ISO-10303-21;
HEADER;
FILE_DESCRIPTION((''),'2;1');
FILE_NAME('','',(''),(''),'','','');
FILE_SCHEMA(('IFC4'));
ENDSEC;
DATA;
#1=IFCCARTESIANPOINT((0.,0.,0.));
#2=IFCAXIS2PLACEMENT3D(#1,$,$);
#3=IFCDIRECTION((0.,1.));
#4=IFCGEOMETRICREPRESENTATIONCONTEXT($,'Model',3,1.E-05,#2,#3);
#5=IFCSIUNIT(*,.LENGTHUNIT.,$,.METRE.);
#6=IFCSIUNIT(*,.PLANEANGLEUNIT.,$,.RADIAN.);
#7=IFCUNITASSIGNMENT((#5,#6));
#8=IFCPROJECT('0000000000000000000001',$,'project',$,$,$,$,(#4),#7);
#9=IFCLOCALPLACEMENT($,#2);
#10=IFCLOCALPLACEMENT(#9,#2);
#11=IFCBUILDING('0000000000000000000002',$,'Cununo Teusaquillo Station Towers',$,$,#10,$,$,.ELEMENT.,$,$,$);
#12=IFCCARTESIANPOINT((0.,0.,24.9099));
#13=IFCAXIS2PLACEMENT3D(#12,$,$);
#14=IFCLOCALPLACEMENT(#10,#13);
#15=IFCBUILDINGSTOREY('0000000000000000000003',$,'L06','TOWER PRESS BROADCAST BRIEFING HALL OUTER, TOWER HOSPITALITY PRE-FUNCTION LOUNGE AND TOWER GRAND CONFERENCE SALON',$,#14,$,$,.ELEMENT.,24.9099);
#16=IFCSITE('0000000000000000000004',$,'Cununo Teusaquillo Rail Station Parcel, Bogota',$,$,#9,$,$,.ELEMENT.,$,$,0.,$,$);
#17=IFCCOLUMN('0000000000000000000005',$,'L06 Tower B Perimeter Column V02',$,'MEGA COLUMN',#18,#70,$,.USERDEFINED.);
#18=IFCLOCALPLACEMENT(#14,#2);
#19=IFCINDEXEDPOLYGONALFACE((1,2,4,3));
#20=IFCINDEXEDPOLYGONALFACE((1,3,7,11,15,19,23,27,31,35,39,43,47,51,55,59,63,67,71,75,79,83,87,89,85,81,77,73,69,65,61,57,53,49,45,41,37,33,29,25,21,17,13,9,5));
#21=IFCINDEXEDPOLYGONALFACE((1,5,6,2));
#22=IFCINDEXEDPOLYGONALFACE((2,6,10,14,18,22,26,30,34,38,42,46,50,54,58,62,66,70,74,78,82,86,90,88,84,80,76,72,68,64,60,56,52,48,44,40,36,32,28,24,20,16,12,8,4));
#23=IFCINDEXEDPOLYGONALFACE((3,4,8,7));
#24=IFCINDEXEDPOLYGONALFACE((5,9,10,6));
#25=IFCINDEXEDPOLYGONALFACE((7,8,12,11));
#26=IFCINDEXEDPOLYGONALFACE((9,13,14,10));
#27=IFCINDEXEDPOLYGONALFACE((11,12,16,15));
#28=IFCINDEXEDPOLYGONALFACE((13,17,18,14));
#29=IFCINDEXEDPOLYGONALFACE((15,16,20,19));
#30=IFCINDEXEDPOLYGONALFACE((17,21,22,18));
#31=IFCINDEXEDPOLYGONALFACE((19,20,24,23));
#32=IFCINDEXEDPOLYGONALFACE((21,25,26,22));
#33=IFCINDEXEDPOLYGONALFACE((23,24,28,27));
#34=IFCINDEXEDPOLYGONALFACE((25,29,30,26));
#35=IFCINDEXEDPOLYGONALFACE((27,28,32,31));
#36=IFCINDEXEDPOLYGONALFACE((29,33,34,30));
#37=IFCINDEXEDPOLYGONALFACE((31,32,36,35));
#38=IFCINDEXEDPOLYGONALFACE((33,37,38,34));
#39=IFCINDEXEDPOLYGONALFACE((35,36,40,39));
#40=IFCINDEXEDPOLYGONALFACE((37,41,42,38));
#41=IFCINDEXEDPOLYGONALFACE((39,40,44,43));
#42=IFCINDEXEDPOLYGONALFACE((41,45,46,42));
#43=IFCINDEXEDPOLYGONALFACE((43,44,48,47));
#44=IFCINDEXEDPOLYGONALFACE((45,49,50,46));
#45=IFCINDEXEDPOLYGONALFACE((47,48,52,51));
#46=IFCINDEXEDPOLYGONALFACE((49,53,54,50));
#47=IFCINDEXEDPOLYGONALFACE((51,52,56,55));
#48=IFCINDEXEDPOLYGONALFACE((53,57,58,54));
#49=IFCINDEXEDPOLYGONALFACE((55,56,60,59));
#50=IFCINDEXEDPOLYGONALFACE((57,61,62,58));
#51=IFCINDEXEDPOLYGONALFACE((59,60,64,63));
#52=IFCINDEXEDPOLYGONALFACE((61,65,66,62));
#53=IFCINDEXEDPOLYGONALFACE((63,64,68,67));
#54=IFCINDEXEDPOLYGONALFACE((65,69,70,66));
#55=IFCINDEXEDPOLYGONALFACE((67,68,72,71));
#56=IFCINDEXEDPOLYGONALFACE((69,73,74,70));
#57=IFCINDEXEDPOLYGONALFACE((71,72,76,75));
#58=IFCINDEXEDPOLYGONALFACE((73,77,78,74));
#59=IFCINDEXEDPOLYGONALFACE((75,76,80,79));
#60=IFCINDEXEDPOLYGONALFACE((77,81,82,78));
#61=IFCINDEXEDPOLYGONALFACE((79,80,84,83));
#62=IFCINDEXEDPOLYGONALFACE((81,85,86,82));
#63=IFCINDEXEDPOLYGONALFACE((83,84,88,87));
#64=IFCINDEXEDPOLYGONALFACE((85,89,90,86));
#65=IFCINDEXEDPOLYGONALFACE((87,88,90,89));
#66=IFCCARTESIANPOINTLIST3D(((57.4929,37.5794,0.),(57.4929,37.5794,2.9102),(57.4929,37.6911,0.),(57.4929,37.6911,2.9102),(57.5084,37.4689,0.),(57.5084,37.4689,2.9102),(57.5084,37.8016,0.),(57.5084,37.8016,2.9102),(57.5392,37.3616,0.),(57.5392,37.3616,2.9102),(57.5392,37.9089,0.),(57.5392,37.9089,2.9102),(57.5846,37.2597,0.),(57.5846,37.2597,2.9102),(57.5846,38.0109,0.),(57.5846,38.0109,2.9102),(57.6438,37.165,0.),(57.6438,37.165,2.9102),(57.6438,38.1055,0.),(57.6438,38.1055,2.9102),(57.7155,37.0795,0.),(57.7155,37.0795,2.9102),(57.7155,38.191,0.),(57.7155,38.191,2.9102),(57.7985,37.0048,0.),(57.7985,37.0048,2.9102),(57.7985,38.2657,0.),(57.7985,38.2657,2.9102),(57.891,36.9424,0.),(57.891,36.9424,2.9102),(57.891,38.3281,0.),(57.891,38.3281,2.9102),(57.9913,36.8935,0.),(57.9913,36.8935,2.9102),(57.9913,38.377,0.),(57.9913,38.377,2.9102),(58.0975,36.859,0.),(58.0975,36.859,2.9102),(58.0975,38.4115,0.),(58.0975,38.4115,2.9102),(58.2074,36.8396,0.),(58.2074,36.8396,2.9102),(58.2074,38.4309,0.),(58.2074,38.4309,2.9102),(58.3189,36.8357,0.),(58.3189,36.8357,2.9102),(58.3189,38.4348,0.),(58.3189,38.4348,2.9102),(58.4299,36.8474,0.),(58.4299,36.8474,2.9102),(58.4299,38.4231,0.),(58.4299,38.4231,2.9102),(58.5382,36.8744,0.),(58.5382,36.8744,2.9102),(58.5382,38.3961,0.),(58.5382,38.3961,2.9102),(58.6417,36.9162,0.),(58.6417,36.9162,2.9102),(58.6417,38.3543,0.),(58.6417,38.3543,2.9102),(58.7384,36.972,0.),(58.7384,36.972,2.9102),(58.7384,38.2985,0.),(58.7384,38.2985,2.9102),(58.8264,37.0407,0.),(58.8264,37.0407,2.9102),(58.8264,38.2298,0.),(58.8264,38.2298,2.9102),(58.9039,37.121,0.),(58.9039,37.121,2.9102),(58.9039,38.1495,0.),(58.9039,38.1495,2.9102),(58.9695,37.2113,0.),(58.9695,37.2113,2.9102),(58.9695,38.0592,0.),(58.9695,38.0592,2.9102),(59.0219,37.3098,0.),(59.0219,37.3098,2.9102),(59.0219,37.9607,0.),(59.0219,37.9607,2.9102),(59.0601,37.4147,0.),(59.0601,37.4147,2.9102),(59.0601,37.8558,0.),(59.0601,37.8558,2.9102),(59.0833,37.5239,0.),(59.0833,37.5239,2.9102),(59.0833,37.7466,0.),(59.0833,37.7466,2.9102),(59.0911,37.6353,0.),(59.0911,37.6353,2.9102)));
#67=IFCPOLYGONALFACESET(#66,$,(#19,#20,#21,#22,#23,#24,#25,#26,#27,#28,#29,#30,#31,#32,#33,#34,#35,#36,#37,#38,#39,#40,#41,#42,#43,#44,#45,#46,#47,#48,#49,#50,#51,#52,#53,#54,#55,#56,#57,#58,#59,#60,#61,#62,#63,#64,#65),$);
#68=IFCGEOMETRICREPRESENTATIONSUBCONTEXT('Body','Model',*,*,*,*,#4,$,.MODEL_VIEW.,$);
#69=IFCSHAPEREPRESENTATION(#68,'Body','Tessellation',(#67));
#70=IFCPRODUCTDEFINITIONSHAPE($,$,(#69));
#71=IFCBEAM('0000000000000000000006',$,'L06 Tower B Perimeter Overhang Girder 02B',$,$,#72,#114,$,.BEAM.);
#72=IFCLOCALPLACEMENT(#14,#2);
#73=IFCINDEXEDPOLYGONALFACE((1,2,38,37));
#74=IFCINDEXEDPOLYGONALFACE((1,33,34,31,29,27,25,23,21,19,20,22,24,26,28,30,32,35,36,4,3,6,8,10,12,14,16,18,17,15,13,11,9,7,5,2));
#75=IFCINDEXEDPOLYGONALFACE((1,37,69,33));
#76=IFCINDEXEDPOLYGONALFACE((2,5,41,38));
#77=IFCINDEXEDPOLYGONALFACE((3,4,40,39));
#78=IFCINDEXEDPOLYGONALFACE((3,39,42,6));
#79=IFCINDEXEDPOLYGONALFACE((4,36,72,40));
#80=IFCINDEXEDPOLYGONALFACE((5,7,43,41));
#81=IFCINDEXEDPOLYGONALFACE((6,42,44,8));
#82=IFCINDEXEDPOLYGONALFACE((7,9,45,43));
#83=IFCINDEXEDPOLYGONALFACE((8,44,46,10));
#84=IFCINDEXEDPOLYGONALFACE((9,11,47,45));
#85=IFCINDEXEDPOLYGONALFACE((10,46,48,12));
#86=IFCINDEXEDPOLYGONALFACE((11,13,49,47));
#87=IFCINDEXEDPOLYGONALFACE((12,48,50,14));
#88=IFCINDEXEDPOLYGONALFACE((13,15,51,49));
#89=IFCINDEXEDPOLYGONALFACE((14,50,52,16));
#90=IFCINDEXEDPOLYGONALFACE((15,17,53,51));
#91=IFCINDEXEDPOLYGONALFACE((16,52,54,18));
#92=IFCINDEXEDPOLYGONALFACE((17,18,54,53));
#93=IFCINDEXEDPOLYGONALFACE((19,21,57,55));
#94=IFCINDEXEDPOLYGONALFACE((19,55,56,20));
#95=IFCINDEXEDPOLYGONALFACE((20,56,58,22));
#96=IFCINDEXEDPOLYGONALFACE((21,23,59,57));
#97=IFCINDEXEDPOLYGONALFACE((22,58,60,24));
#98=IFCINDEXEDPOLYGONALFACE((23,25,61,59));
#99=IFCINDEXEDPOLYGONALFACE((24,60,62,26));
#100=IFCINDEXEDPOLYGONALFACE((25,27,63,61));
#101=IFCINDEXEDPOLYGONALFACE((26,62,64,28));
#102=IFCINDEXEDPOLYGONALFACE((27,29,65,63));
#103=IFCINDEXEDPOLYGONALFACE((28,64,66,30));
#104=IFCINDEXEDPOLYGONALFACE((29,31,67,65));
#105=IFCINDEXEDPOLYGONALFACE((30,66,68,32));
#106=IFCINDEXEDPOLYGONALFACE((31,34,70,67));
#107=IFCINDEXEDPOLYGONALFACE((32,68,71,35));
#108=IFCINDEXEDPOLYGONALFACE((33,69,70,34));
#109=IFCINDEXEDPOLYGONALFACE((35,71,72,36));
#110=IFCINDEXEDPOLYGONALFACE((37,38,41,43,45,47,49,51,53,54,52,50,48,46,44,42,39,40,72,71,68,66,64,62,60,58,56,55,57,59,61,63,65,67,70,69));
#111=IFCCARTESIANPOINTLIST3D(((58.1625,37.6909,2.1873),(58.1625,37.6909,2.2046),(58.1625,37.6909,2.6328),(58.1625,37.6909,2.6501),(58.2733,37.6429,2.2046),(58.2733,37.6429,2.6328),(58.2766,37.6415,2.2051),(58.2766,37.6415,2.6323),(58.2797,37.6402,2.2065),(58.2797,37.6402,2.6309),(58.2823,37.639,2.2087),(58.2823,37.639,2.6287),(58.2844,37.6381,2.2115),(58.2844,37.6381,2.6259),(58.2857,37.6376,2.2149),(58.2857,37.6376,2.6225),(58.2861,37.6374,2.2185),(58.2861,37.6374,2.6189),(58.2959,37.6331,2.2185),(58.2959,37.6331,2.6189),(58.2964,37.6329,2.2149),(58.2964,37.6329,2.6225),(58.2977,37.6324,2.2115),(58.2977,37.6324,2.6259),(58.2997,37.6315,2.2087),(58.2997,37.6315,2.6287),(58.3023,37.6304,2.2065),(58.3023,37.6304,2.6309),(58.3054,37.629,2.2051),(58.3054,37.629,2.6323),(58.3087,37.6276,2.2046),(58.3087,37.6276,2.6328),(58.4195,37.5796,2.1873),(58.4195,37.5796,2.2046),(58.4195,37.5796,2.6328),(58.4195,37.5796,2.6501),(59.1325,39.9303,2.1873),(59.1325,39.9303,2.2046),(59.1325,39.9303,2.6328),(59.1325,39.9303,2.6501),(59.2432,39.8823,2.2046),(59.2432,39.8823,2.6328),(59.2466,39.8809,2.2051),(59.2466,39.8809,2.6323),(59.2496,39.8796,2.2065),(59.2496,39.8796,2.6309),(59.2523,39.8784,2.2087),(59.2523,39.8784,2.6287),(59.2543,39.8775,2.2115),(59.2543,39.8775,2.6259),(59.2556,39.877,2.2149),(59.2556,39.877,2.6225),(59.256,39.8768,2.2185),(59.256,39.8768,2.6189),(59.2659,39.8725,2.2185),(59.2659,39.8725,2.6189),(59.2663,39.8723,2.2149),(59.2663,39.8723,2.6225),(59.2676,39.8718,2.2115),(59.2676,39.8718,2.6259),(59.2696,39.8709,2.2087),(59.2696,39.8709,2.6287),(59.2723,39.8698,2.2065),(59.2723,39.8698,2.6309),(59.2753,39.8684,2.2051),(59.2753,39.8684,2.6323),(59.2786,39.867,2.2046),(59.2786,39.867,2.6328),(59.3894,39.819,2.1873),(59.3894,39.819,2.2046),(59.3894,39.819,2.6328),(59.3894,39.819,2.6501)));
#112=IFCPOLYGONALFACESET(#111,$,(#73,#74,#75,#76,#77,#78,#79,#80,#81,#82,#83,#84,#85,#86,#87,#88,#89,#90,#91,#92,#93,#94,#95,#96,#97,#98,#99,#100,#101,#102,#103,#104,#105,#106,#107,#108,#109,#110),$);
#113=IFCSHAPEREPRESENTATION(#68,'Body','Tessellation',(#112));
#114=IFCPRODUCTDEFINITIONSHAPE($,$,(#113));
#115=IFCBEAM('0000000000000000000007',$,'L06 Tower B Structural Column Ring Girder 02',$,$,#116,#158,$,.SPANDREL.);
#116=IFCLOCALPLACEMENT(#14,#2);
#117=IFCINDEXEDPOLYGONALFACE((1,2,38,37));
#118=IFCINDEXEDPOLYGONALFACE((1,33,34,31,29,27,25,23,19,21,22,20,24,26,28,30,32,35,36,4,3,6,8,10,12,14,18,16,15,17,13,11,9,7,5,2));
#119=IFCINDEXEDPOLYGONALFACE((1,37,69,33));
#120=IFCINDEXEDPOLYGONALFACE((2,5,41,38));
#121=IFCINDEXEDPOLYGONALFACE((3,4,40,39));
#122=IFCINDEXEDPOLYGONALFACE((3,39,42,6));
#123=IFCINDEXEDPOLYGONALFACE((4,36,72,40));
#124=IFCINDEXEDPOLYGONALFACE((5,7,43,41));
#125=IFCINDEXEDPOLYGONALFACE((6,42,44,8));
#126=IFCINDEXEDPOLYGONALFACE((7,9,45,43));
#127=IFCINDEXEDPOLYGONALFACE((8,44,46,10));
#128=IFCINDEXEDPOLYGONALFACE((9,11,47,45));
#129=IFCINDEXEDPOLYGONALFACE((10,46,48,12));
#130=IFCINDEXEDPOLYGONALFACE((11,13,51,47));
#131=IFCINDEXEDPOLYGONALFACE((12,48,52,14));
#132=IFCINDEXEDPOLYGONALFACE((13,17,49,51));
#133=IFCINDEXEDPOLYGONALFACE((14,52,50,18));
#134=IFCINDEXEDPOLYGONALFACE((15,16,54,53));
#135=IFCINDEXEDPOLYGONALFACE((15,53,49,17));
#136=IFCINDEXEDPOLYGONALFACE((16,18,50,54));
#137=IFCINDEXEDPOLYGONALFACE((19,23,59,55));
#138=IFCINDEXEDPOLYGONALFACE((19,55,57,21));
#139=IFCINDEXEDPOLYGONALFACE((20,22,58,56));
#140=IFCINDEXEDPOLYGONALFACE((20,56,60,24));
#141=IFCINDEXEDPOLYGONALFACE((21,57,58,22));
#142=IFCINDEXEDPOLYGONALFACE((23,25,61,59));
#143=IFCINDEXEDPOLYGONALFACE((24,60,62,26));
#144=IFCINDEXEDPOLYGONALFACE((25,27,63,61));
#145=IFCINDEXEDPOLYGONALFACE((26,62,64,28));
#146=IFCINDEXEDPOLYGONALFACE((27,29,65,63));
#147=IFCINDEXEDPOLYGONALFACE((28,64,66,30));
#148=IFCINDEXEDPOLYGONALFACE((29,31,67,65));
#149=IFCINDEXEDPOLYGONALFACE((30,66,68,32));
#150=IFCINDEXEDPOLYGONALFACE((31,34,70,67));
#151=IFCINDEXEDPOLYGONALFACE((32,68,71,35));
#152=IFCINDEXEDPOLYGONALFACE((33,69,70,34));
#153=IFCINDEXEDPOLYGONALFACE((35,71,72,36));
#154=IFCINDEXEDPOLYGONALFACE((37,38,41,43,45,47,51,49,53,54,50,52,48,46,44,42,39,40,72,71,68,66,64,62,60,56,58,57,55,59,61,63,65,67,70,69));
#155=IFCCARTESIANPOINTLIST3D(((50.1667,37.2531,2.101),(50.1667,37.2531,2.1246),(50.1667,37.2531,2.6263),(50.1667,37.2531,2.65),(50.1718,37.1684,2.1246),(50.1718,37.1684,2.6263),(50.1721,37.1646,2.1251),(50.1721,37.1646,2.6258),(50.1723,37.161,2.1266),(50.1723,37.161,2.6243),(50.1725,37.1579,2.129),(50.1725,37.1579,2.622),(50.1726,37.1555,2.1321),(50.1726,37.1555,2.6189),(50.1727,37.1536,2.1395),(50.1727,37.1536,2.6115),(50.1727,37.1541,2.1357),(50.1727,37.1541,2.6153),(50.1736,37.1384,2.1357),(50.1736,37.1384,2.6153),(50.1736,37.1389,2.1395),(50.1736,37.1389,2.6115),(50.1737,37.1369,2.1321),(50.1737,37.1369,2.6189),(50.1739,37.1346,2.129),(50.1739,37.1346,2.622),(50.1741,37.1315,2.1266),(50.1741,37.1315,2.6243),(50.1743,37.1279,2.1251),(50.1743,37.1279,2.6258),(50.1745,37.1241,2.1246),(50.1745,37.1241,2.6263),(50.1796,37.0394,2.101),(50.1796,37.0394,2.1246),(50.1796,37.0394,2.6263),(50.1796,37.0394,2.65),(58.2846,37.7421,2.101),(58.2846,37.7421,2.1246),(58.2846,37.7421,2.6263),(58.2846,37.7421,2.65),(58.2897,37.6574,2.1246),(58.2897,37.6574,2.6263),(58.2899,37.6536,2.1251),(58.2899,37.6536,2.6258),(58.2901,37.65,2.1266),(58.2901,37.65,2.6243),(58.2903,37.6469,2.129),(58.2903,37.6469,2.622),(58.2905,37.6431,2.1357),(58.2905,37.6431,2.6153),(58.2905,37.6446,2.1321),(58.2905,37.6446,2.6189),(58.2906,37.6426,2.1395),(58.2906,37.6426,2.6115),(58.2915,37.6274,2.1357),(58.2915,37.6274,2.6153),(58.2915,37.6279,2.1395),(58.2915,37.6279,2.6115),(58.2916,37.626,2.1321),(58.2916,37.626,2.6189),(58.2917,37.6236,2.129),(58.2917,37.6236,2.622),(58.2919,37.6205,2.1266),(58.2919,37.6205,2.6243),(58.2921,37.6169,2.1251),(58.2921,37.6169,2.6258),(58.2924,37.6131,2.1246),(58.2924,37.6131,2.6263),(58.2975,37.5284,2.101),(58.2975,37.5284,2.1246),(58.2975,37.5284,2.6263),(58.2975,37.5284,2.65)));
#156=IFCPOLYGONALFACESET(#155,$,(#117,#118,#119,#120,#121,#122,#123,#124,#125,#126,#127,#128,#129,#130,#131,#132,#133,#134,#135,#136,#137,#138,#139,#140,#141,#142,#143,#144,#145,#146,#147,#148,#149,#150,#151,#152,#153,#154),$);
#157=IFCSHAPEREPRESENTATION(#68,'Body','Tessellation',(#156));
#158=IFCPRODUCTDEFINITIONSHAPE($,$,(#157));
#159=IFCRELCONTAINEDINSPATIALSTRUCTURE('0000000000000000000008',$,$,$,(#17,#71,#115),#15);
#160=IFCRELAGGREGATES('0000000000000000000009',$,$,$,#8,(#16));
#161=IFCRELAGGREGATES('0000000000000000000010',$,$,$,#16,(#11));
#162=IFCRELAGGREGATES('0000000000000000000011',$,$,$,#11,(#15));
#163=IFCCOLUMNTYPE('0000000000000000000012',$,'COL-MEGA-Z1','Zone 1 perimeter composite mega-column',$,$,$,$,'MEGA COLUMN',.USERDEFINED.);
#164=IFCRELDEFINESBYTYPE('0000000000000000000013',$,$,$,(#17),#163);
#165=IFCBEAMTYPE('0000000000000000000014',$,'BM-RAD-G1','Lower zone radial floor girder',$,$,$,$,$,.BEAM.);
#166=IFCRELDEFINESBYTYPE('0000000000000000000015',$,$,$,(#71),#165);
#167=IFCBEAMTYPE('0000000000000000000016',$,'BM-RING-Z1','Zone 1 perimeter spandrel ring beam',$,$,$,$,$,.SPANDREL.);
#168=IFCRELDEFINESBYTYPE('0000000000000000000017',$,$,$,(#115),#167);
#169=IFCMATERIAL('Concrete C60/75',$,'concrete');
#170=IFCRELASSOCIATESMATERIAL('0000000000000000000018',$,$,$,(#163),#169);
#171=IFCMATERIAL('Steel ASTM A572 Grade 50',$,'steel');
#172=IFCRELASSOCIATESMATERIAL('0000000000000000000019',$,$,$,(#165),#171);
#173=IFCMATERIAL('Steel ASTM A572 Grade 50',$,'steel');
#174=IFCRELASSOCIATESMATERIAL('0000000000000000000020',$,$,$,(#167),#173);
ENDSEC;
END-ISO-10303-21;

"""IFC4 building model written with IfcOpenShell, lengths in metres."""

from ifc_helpers import new_model, si_unit, direction, frame, origin, origin_2d, place, context, subcontext, project, spatial, circle, i_section, extrude, material, material_profile, profile_set, type_object, element, save


model = new_model("IFC4")

# Units and contexts
model_context = context("Model", 3, precision=1e-05, world=origin(), true_north=direction((0.0, 1.0)))
body_context = subcontext(model_context, "Body", "Model", "MODEL_VIEW")
ifc_project = project(units=[si_unit("LENGTHUNIT", "METRE"), si_unit("PLANEANGLEUNIT", "RADIAN")], contexts=[model_context])

# Site, building, storey
site_placement = place(None, origin())
site = spatial("IfcSite", under=ifc_project, at=site_placement, Name="Cununo Teusaquillo Rail Station Parcel, Bogota", CompositionType="ELEMENT", RefElevation=0.0)
building_placement = place(site_placement, origin())
building = spatial("IfcBuilding", under=site, at=building_placement, Name="Cununo Teusaquillo Station Towers", CompositionType="ELEMENT")
storey_placement = place(building_placement, frame((0.0, 0.0, 24.9099)))
storey = spatial("IfcBuildingStorey", under=building, at=storey_placement, Name="L06", Description="TOWER PRESS BROADCAST BRIEFING HALL OUTER, TOWER HOSPITALITY PRE-FUNCTION LOUNGE AND TOWER GRAND CONFERENCE SALON", CompositionType="ELEMENT", Elevation=24.9099)

# Column
ifc_material_1 = material(Name="Concrete C60/75", Category="concrete")
ifc_material_profile_1 = material_profile(ifc_material_1, circle(Radius=0.8, at=origin_2d()), Name="RC-CIRC-1600")
ifc_profile_set_1 = profile_set([ifc_material_profile_1], Name="Concrete C60/75")
column_type = type_object("IfcColumnType", Name="COL-MEGA-Z1", Description="Zone 1 perimeter composite mega-column", ElementType="MEGA COLUMN", PredefinedType="USERDEFINED", material=ifc_profile_set_1)
column_placement = place(storey_placement, frame((58.291, 37.6353, 0.0), z_axis=(0.0, 0.0, 1.0), x_axis=(1.0, 0.0, 0.0)))
element("IfcColumn", 1, at=column_placement, inside=storey, type_object=column_type, Name="L06 Tower B Perimeter Column V02", ObjectType="MEGA COLUMN", PredefinedType="USERDEFINED", context=body_context, shape_type="SweptSolid", body=[
    extrude(circle(Radius=0.8, at=origin_2d()), origin(), (0.0, 0.0, 1.0), 2.9102),
])

# Beams
ifc_material_2 = material(Name="Steel ASTM A572 Grade 50", Category="steel")
ifc_material_profile_2 = material_profile(ifc_material_2, i_section(OverallWidth=0.28, OverallDepth=0.4629, WebThickness=0.0107, FlangeThickness=0.0173, FilletRadius=0.0139, at=origin_2d()), Name="W18X76")
ifc_profile_set_2 = profile_set([ifc_material_profile_2], Name="Steel ASTM A572 Grade 50")
beam_type_1 = type_object("IfcBeamType", Name="BM-RAD-G1", Description="Lower zone radial floor girder", PredefinedType="BEAM", material=ifc_profile_set_2)
beam_1_placement = place(storey_placement, frame((58.291, 37.6353, 2.4187), z_axis=(0.397442, 0.917627, 0.0), x_axis=(-0.917627, 0.397442, 0.0)))
element("IfcBeam", 2, at=beam_1_placement, inside=storey, type_object=beam_type_1, Name="L06 Tower B Perimeter Overhang Girder 02B", PredefinedType="BEAM", context=body_context, shape_type="SweptSolid", body=[
    extrude(i_section(OverallWidth=0.28, OverallDepth=0.4629, WebThickness=0.0107, FlangeThickness=0.0173, FilletRadius=0.0139, at=origin_2d()), origin(), (0.0, 0.0, 1.0), 2.4404),
])
ifc_material_3 = material(Name="Steel ASTM A572 Grade 50", Category="steel")
ifc_material_profile_3 = material_profile(ifc_material_3, i_section(OverallWidth=0.2141, OverallDepth=0.5491, WebThickness=0.0146, FlangeThickness=0.0237, FilletRadius=0.0149, at=origin_2d()), Name="W21X93")
ifc_profile_set_3 = profile_set([ifc_material_profile_3], Name="Steel ASTM A572 Grade 50")
beam_type_2 = type_object("IfcBeamType", Name="BM-RING-Z1", Description="Zone 1 perimeter spandrel ring beam", PredefinedType="SPANDREL", material=ifc_profile_set_3)
beam_2_placement = place(storey_placement, frame((58.291, 37.6353, 2.3755), z_axis=(-0.998191, -0.06013, 0.0), x_axis=(0.06013, -0.998191, 0.0)))
element("IfcBeam", 3, at=beam_2_placement, inside=storey, type_object=beam_type_2, Name="L06 Tower B Structural Column Ring Girder 02", PredefinedType="SPANDREL", context=body_context, shape_type="SweptSolid", body=[
    extrude(i_section(OverallWidth=0.2141, OverallDepth=0.5491, WebThickness=0.0146, FlangeThickness=0.0237, FilletRadius=0.0149, at=origin_2d()), origin(), (0.0, 0.0, 1.0), 8.1326),
])

save(model, "model.ifc")
